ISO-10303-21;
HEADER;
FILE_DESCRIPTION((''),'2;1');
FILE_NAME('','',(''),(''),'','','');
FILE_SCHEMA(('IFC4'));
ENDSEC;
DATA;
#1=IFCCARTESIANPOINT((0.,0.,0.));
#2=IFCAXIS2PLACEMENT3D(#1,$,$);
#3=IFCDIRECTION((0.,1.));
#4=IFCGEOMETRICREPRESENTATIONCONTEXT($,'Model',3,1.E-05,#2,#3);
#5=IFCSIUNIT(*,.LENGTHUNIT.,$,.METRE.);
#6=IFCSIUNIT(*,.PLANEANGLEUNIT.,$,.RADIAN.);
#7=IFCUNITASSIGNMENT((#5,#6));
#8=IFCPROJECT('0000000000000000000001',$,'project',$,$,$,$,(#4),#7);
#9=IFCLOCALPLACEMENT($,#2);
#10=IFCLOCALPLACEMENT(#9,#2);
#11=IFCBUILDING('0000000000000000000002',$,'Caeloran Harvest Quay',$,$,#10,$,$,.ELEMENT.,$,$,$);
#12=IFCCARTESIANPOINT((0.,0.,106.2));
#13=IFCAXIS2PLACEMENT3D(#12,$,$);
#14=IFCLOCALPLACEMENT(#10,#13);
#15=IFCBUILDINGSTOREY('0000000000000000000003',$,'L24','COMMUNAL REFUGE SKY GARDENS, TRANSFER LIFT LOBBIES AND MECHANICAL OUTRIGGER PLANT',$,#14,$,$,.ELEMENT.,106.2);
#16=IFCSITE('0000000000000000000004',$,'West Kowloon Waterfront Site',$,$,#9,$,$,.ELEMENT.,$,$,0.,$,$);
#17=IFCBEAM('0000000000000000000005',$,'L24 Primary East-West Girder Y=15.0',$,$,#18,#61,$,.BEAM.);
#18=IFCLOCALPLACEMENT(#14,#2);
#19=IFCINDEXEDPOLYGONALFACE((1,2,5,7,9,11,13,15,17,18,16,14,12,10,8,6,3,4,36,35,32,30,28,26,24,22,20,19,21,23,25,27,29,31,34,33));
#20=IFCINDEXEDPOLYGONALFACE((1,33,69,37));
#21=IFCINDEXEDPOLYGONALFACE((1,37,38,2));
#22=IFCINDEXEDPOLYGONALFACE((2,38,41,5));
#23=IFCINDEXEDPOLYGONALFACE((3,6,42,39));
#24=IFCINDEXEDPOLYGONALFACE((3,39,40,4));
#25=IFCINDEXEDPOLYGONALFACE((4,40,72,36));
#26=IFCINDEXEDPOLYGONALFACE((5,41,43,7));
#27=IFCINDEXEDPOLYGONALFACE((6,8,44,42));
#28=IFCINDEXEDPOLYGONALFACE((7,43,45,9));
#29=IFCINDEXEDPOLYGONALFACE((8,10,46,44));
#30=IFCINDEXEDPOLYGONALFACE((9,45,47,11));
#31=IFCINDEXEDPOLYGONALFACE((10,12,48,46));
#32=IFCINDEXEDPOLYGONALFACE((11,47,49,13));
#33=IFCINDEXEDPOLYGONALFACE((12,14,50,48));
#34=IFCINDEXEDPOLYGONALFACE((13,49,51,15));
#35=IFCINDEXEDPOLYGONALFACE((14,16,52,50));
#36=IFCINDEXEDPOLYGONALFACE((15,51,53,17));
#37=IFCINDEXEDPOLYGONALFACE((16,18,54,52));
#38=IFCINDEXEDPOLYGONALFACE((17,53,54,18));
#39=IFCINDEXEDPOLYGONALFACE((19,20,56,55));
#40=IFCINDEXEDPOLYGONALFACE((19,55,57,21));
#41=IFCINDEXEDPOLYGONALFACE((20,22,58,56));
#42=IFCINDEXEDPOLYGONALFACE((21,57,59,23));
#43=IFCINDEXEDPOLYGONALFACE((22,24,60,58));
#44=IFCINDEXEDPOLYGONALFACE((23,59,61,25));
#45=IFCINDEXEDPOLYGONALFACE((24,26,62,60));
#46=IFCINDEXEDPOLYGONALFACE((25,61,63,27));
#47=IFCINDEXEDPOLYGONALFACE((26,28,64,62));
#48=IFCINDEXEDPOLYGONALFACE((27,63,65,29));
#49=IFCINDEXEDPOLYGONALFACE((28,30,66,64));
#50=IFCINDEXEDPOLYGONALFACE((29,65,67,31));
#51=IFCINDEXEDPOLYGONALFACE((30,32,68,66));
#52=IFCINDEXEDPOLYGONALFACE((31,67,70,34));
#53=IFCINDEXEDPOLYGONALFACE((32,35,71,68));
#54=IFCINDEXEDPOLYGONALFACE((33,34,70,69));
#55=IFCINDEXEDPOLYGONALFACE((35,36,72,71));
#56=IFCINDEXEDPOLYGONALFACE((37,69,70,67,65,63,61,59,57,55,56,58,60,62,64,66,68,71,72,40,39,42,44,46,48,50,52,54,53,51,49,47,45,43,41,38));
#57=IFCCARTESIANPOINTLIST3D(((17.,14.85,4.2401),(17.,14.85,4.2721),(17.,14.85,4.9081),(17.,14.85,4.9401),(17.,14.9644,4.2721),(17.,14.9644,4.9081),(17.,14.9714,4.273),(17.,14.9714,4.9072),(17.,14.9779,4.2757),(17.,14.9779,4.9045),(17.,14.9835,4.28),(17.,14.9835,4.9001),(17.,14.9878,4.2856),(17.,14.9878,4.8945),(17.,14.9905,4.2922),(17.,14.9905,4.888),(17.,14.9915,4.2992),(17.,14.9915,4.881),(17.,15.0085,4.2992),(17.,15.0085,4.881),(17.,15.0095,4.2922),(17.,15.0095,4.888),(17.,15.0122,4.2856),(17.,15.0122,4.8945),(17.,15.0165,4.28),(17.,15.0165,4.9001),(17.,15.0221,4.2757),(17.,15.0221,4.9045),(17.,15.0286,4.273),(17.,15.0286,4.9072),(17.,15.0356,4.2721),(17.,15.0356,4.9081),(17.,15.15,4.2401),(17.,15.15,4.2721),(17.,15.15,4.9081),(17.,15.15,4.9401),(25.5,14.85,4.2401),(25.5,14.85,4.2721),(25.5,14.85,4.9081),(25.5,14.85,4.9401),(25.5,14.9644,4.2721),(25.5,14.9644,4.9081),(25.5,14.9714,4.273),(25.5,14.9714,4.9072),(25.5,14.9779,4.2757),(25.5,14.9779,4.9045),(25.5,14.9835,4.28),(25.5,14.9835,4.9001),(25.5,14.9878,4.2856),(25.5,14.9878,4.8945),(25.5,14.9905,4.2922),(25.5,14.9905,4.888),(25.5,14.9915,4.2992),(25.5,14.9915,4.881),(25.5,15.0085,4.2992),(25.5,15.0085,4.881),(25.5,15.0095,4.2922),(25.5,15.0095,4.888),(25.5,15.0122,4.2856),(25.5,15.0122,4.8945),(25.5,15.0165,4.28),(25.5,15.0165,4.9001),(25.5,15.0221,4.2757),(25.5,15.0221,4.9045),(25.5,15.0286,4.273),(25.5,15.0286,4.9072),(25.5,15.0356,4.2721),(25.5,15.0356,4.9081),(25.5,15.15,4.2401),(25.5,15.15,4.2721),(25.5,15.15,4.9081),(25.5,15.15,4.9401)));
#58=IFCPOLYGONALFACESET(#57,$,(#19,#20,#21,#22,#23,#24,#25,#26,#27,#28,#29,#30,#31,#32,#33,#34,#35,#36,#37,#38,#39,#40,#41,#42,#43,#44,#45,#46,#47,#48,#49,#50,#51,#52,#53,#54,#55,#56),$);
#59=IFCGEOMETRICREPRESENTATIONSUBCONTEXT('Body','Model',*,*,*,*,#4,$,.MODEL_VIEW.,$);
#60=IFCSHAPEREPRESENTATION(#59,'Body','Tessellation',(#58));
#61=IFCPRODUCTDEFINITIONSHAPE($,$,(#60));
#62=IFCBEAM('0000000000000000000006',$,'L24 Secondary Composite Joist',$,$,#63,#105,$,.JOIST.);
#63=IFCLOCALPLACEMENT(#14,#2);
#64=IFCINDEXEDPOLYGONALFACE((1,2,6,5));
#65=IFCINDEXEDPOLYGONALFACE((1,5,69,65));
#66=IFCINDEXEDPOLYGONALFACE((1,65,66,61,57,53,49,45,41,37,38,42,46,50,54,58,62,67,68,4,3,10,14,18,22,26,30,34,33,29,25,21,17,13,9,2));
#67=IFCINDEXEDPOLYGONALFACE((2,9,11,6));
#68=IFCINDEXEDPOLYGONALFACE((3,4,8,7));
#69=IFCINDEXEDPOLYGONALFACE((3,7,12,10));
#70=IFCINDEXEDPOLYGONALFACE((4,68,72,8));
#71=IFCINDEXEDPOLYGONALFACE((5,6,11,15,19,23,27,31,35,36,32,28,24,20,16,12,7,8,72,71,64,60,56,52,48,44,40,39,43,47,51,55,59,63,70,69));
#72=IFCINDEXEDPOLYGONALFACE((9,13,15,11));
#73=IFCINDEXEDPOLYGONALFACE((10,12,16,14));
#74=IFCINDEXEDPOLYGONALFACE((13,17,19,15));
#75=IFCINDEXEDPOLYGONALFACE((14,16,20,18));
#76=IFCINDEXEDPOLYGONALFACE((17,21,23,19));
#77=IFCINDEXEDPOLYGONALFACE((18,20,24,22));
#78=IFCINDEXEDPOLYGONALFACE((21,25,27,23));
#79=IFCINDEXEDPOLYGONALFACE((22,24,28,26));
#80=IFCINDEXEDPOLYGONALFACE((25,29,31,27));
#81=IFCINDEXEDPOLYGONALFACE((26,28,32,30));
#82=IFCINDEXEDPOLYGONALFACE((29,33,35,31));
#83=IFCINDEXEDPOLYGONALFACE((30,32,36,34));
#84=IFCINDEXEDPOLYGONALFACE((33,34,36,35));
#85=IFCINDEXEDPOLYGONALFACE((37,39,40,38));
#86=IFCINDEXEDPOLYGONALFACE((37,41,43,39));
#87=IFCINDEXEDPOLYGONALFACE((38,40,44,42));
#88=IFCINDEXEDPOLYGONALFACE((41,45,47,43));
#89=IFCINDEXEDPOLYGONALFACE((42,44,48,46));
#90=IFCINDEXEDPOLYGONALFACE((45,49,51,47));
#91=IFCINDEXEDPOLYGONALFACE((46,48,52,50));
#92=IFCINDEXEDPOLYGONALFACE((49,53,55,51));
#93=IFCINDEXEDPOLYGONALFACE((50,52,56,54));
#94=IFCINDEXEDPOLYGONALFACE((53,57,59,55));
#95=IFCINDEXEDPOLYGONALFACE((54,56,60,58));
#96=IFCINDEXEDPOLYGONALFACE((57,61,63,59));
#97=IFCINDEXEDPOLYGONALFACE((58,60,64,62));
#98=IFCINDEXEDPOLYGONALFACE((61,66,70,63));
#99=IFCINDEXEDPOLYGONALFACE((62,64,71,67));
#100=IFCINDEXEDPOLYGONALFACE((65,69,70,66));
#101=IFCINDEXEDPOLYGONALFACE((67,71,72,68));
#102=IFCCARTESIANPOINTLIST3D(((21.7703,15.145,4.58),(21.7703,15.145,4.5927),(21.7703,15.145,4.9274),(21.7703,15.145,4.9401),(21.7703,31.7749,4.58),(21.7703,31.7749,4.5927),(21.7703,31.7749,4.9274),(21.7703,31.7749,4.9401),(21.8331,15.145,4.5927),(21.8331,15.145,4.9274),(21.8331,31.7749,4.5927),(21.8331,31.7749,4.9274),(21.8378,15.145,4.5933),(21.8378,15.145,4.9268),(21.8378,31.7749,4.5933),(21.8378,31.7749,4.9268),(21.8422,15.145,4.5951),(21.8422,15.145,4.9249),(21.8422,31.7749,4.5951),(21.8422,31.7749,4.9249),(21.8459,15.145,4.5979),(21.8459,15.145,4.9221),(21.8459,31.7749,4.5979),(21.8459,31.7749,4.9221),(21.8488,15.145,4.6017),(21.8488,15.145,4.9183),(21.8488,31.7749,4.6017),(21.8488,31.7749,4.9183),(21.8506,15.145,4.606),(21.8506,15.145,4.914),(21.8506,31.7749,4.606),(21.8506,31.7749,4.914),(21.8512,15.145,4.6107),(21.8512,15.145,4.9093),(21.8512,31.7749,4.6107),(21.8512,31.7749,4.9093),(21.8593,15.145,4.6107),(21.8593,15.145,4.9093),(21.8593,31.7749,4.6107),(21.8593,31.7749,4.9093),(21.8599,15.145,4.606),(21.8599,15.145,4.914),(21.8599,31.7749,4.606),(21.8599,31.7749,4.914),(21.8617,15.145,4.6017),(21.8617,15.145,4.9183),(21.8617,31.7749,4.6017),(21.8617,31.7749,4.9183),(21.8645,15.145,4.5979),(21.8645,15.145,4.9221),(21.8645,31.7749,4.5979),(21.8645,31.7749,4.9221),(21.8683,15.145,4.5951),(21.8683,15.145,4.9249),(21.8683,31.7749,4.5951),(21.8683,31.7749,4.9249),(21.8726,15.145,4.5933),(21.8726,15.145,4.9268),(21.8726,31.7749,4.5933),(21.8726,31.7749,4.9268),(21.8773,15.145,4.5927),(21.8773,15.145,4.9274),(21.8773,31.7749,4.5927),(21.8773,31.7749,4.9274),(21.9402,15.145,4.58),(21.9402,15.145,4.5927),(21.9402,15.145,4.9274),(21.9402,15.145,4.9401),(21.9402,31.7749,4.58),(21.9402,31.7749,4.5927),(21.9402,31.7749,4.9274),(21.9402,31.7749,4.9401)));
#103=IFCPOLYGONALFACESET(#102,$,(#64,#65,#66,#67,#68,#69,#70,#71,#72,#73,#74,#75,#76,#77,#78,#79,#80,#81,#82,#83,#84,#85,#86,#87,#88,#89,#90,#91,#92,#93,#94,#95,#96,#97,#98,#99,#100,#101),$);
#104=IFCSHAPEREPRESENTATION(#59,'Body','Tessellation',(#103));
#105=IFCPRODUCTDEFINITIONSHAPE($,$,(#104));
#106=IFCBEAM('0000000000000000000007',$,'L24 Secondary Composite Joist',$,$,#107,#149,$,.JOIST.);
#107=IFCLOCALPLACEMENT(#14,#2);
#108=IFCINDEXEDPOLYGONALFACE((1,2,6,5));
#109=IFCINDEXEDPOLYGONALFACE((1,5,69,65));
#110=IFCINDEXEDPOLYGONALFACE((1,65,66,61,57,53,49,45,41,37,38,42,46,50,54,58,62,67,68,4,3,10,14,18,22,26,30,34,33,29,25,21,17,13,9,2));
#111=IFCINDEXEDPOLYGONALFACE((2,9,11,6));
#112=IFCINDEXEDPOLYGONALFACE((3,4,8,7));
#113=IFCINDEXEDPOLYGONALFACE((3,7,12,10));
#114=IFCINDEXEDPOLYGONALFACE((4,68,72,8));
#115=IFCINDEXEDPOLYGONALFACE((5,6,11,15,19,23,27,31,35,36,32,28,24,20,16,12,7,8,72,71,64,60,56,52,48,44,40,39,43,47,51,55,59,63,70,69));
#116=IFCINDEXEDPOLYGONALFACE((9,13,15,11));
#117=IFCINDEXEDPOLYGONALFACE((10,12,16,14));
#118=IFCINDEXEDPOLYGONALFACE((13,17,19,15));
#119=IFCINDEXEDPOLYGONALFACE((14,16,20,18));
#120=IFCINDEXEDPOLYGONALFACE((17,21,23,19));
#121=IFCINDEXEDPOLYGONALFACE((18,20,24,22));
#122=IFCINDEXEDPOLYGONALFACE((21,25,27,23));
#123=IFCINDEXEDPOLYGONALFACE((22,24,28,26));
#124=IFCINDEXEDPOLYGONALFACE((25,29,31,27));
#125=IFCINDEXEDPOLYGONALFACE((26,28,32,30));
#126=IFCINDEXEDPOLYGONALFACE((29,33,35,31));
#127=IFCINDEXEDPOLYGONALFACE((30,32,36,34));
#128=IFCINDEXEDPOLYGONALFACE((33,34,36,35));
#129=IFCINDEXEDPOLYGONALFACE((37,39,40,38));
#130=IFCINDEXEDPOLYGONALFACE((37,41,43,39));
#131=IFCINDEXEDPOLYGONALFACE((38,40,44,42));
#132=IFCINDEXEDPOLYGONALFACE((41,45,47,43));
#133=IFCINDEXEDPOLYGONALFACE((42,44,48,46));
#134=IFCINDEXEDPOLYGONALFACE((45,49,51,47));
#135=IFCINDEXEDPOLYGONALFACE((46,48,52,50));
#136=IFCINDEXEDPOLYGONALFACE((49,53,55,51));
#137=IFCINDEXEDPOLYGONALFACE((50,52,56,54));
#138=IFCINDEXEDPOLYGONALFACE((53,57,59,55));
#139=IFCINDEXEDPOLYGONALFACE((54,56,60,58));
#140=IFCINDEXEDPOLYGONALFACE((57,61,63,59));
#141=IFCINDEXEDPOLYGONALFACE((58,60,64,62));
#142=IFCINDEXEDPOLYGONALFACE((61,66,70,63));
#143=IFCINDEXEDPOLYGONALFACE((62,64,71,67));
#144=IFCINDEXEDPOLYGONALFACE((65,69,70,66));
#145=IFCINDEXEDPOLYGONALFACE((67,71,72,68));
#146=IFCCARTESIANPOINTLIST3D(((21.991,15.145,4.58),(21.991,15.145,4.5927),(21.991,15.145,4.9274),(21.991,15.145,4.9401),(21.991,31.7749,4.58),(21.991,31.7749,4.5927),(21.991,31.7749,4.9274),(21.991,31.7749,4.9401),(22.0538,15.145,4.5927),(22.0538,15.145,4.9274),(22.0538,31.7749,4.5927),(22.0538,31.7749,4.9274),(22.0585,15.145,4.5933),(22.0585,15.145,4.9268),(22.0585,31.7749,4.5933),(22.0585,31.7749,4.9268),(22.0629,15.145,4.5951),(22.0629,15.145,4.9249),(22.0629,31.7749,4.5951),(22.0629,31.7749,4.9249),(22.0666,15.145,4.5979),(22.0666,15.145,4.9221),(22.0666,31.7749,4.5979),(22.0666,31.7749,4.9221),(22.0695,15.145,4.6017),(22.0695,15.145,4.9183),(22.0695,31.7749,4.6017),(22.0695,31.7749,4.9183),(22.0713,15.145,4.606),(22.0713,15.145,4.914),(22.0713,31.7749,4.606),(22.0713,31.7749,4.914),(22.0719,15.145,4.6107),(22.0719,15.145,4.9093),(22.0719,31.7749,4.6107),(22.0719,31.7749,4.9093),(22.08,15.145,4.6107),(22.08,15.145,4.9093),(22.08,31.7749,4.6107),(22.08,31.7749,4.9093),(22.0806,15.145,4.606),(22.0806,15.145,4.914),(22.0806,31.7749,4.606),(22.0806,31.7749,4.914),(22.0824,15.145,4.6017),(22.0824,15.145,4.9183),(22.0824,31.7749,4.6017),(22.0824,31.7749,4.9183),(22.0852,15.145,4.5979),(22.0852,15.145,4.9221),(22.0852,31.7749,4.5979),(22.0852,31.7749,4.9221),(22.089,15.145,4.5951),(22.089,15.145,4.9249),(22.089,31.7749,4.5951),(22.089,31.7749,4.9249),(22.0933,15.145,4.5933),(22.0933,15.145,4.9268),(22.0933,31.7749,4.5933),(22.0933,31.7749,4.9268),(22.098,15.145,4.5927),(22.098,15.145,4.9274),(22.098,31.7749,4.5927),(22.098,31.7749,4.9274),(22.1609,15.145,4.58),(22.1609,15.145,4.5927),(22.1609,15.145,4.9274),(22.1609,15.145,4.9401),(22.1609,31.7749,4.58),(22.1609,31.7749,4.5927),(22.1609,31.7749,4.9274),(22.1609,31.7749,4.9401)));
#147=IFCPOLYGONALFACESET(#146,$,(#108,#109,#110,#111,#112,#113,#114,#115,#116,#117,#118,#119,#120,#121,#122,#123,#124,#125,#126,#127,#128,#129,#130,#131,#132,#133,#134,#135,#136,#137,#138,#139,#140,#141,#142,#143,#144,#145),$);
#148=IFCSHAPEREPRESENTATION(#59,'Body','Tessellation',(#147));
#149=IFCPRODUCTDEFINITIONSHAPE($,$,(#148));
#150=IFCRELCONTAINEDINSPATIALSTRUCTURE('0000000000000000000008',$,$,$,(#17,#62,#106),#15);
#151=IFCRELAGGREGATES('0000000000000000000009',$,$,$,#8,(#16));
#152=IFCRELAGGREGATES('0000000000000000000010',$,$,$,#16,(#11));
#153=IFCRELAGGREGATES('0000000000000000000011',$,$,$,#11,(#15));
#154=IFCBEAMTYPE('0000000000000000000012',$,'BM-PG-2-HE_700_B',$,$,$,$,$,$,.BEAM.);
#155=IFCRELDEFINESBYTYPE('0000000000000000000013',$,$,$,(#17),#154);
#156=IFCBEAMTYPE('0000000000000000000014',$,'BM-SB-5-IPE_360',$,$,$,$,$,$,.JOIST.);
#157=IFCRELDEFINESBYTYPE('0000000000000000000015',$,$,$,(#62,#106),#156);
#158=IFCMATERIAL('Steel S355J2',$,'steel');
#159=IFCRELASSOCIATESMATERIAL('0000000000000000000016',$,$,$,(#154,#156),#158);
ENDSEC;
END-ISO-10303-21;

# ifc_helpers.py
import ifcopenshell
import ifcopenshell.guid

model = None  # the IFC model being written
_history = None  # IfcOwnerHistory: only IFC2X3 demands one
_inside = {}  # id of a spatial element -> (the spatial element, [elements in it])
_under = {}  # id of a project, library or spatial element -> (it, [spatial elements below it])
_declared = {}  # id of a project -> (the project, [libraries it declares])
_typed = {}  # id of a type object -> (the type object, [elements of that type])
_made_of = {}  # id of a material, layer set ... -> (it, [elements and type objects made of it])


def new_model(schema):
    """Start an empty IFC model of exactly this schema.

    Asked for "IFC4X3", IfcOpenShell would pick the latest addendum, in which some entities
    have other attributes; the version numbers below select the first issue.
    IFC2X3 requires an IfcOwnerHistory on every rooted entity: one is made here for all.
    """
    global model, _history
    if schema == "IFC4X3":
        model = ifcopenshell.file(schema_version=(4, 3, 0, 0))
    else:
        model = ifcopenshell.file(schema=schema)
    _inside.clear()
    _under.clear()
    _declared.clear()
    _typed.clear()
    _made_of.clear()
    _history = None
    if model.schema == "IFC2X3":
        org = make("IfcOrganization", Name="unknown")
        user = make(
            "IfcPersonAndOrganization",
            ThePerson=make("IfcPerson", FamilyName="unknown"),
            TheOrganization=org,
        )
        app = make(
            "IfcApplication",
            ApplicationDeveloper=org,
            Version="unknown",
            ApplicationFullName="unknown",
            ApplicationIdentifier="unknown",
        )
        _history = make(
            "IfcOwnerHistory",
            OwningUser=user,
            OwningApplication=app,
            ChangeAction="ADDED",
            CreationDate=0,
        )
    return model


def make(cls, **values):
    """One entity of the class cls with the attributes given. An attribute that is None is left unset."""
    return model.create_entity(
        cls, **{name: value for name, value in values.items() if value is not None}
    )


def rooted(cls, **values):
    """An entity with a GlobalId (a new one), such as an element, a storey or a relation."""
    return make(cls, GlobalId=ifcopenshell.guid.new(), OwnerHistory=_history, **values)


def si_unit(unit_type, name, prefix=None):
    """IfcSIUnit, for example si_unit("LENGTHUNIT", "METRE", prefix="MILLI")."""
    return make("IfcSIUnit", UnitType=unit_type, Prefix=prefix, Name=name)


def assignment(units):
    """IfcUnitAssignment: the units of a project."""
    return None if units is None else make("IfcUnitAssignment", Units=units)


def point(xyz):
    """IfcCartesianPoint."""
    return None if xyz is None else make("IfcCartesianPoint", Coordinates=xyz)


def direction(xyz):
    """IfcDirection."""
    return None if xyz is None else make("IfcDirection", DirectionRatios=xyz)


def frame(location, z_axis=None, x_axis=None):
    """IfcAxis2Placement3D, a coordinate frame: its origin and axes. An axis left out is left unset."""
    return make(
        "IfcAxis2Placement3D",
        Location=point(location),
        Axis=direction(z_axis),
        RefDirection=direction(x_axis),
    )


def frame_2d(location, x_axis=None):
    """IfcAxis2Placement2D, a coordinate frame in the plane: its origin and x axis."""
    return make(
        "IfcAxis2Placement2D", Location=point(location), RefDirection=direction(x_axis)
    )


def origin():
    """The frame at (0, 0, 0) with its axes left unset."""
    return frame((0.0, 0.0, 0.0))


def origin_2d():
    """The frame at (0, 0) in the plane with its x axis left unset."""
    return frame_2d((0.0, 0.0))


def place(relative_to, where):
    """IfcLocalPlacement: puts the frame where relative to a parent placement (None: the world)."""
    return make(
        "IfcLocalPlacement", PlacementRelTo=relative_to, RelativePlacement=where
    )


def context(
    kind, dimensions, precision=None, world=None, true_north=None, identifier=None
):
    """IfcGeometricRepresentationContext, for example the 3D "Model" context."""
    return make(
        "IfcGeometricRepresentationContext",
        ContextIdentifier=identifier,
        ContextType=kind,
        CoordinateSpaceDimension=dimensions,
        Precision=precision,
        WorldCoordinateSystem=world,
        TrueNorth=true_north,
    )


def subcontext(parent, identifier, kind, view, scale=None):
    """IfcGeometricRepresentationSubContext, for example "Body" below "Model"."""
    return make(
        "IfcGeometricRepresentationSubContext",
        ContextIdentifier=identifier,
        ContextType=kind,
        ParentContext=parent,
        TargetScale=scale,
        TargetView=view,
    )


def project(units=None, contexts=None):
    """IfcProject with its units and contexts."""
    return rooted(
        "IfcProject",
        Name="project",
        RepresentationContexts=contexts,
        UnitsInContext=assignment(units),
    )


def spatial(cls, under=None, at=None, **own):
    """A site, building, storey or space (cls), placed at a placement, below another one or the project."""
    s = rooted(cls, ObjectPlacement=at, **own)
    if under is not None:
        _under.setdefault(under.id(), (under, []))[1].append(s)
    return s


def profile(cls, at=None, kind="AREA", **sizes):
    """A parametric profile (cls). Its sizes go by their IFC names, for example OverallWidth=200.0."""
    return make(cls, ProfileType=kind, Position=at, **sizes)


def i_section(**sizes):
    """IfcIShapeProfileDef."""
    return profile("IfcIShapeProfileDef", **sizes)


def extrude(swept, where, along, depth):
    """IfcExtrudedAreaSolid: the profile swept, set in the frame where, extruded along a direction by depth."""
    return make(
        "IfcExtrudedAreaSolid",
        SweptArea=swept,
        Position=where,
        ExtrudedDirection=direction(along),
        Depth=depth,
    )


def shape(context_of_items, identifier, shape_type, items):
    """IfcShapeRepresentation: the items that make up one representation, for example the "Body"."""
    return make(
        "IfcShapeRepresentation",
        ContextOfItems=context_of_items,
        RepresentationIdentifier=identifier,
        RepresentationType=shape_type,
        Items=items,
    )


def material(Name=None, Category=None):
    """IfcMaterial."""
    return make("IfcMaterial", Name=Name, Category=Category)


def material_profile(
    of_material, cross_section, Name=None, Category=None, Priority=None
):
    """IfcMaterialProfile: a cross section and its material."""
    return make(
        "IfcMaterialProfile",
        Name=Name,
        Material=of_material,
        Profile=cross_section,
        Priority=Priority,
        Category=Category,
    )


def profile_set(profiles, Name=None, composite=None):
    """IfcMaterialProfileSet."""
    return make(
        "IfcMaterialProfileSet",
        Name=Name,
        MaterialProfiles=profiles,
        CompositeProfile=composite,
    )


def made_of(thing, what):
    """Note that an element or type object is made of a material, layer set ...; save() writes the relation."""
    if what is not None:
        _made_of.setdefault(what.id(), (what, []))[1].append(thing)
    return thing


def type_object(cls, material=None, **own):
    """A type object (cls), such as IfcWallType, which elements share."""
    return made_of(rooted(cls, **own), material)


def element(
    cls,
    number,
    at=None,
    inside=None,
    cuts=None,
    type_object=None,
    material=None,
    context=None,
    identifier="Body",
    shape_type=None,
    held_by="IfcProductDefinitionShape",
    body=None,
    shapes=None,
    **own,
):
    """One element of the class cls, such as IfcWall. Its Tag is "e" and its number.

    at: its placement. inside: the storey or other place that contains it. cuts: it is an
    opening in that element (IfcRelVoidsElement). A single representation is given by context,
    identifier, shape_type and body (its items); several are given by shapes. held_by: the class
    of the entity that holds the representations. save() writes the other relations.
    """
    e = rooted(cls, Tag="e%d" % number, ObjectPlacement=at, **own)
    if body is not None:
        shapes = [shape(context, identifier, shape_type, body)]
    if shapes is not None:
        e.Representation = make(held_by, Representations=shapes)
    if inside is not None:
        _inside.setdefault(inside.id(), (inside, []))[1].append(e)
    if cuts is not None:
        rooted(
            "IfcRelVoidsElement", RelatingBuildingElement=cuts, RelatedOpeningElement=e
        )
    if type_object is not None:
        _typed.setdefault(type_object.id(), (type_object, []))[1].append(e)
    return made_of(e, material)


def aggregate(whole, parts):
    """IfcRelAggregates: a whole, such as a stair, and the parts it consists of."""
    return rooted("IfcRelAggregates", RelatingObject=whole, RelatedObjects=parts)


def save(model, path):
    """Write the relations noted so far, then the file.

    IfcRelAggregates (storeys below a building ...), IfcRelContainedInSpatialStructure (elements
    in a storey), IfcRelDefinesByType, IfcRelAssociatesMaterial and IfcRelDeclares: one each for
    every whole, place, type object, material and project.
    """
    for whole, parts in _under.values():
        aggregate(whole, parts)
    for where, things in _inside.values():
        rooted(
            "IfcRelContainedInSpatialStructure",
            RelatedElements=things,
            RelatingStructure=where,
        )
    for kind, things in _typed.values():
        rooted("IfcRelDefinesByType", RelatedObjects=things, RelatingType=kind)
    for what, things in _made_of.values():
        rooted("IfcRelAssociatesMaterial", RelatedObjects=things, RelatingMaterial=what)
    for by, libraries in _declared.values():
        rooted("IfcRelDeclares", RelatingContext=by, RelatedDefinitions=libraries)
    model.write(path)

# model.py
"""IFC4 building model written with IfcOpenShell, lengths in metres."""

from ifc_helpers import new_model, si_unit, direction, frame, origin, origin_2d, place, context, subcontext, project, spatial, i_section, extrude, material, material_profile, profile_set, type_object, element, save


model = new_model("IFC4")

# Units and contexts
model_context = context("Model", 3, precision=1e-05, world=origin(), true_north=direction((0.0, 1.0)))
body_context = subcontext(model_context, "Body", "Model", "MODEL_VIEW")
ifc_project = project(units=[si_unit("LENGTHUNIT", "METRE"), si_unit("PLANEANGLEUNIT", "RADIAN")], contexts=[model_context])

# Site, building, storey
site_placement = place(None, origin())
site = spatial("IfcSite", under=ifc_project, at=site_placement, Name="West Kowloon Waterfront Site", CompositionType="ELEMENT", RefElevation=0.0)
building_placement = place(site_placement, origin())
building = spatial("IfcBuilding", under=site, at=building_placement, Name="Caeloran Harvest Quay", CompositionType="ELEMENT")
storey_placement = place(building_placement, frame((0.0, 0.0, 106.2)))
storey = spatial("IfcBuildingStorey", under=building, at=storey_placement, Name="L24", Description="COMMUNAL REFUGE SKY GARDENS, TRANSFER LIFT LOBBIES AND MECHANICAL OUTRIGGER PLANT", CompositionType="ELEMENT", Elevation=106.2)

# Beams
ifc_material_1 = material(Name="Steel S355J2", Category="steel")
ifc_material_profile_1 = material_profile(ifc_material_1, i_section(OverallWidth=0.3, OverallDepth=0.7, WebThickness=0.0171, FlangeThickness=0.032, FilletRadius=0.0271, at=origin_2d()), Name="HE 700 B")
ifc_profile_set_1 = profile_set([ifc_material_profile_1], Name="Steel S355J2")
beam_type_1 = type_object("IfcBeamType", Name="BM-PG-2-HE_700_B", PredefinedType="BEAM", material=ifc_profile_set_1)
beam_1_placement = place(storey_placement, frame((17.0, 15.0, 4.5901), z_axis=(1.0, 0.0, 0.0), x_axis=(0.0, 1.0, 0.0)))
element("IfcBeam", 1, at=beam_1_placement, inside=storey, type_object=beam_type_1, Name="L24 Primary East-West Girder Y=15.0", PredefinedType="BEAM", context=body_context, shape_type="SweptSolid", body=[
    extrude(i_section(OverallWidth=0.3, OverallDepth=0.7, WebThickness=0.0171, FlangeThickness=0.032, FilletRadius=0.0271, at=origin_2d()), origin(), (0.0, 0.0, 1.0), 8.5),
])
ifc_material_profile_2 = material_profile(ifc_material_1, i_section(OverallWidth=0.1699, OverallDepth=0.3601, WebThickness=0.0081, FlangeThickness=0.0127, FilletRadius=0.0181, at=origin_2d()), Name="IPE 360")
ifc_profile_set_2 = profile_set([ifc_material_profile_2], Name="Steel S355J2")
beam_type_2 = type_object("IfcBeamType", Name="BM-SB-5-IPE_360", PredefinedType="JOIST", material=ifc_profile_set_2)
for number, where, z_axis, x_axis, name in (
    (2, (21.8552, 15.145, 4.76), (0.0, 1.0, 0.0), (-1.0, 0.0, 0.0), "L24 Secondary Composite Joist"),
    (3, (22.0759, 15.145, 4.76), (0.0, 1.0, 0.0), (-1.0, 0.0, 0.0), "L24 Secondary Composite Joist"),
):
    element("IfcBeam", number, at=place(storey_placement, frame(where, z_axis=z_axis, x_axis=x_axis)), inside=storey, type_object=beam_type_2, Name=name, PredefinedType="JOIST", context=body_context, shape_type="SweptSolid", body=[
        extrude(i_section(OverallWidth=0.1699, OverallDepth=0.3601, WebThickness=0.0081, FlangeThickness=0.0127, FilletRadius=0.0181, at=origin_2d()), origin(), (0.0, 0.0, 1.0), 16.6299),
    ])

save(model, "model.ifc")
